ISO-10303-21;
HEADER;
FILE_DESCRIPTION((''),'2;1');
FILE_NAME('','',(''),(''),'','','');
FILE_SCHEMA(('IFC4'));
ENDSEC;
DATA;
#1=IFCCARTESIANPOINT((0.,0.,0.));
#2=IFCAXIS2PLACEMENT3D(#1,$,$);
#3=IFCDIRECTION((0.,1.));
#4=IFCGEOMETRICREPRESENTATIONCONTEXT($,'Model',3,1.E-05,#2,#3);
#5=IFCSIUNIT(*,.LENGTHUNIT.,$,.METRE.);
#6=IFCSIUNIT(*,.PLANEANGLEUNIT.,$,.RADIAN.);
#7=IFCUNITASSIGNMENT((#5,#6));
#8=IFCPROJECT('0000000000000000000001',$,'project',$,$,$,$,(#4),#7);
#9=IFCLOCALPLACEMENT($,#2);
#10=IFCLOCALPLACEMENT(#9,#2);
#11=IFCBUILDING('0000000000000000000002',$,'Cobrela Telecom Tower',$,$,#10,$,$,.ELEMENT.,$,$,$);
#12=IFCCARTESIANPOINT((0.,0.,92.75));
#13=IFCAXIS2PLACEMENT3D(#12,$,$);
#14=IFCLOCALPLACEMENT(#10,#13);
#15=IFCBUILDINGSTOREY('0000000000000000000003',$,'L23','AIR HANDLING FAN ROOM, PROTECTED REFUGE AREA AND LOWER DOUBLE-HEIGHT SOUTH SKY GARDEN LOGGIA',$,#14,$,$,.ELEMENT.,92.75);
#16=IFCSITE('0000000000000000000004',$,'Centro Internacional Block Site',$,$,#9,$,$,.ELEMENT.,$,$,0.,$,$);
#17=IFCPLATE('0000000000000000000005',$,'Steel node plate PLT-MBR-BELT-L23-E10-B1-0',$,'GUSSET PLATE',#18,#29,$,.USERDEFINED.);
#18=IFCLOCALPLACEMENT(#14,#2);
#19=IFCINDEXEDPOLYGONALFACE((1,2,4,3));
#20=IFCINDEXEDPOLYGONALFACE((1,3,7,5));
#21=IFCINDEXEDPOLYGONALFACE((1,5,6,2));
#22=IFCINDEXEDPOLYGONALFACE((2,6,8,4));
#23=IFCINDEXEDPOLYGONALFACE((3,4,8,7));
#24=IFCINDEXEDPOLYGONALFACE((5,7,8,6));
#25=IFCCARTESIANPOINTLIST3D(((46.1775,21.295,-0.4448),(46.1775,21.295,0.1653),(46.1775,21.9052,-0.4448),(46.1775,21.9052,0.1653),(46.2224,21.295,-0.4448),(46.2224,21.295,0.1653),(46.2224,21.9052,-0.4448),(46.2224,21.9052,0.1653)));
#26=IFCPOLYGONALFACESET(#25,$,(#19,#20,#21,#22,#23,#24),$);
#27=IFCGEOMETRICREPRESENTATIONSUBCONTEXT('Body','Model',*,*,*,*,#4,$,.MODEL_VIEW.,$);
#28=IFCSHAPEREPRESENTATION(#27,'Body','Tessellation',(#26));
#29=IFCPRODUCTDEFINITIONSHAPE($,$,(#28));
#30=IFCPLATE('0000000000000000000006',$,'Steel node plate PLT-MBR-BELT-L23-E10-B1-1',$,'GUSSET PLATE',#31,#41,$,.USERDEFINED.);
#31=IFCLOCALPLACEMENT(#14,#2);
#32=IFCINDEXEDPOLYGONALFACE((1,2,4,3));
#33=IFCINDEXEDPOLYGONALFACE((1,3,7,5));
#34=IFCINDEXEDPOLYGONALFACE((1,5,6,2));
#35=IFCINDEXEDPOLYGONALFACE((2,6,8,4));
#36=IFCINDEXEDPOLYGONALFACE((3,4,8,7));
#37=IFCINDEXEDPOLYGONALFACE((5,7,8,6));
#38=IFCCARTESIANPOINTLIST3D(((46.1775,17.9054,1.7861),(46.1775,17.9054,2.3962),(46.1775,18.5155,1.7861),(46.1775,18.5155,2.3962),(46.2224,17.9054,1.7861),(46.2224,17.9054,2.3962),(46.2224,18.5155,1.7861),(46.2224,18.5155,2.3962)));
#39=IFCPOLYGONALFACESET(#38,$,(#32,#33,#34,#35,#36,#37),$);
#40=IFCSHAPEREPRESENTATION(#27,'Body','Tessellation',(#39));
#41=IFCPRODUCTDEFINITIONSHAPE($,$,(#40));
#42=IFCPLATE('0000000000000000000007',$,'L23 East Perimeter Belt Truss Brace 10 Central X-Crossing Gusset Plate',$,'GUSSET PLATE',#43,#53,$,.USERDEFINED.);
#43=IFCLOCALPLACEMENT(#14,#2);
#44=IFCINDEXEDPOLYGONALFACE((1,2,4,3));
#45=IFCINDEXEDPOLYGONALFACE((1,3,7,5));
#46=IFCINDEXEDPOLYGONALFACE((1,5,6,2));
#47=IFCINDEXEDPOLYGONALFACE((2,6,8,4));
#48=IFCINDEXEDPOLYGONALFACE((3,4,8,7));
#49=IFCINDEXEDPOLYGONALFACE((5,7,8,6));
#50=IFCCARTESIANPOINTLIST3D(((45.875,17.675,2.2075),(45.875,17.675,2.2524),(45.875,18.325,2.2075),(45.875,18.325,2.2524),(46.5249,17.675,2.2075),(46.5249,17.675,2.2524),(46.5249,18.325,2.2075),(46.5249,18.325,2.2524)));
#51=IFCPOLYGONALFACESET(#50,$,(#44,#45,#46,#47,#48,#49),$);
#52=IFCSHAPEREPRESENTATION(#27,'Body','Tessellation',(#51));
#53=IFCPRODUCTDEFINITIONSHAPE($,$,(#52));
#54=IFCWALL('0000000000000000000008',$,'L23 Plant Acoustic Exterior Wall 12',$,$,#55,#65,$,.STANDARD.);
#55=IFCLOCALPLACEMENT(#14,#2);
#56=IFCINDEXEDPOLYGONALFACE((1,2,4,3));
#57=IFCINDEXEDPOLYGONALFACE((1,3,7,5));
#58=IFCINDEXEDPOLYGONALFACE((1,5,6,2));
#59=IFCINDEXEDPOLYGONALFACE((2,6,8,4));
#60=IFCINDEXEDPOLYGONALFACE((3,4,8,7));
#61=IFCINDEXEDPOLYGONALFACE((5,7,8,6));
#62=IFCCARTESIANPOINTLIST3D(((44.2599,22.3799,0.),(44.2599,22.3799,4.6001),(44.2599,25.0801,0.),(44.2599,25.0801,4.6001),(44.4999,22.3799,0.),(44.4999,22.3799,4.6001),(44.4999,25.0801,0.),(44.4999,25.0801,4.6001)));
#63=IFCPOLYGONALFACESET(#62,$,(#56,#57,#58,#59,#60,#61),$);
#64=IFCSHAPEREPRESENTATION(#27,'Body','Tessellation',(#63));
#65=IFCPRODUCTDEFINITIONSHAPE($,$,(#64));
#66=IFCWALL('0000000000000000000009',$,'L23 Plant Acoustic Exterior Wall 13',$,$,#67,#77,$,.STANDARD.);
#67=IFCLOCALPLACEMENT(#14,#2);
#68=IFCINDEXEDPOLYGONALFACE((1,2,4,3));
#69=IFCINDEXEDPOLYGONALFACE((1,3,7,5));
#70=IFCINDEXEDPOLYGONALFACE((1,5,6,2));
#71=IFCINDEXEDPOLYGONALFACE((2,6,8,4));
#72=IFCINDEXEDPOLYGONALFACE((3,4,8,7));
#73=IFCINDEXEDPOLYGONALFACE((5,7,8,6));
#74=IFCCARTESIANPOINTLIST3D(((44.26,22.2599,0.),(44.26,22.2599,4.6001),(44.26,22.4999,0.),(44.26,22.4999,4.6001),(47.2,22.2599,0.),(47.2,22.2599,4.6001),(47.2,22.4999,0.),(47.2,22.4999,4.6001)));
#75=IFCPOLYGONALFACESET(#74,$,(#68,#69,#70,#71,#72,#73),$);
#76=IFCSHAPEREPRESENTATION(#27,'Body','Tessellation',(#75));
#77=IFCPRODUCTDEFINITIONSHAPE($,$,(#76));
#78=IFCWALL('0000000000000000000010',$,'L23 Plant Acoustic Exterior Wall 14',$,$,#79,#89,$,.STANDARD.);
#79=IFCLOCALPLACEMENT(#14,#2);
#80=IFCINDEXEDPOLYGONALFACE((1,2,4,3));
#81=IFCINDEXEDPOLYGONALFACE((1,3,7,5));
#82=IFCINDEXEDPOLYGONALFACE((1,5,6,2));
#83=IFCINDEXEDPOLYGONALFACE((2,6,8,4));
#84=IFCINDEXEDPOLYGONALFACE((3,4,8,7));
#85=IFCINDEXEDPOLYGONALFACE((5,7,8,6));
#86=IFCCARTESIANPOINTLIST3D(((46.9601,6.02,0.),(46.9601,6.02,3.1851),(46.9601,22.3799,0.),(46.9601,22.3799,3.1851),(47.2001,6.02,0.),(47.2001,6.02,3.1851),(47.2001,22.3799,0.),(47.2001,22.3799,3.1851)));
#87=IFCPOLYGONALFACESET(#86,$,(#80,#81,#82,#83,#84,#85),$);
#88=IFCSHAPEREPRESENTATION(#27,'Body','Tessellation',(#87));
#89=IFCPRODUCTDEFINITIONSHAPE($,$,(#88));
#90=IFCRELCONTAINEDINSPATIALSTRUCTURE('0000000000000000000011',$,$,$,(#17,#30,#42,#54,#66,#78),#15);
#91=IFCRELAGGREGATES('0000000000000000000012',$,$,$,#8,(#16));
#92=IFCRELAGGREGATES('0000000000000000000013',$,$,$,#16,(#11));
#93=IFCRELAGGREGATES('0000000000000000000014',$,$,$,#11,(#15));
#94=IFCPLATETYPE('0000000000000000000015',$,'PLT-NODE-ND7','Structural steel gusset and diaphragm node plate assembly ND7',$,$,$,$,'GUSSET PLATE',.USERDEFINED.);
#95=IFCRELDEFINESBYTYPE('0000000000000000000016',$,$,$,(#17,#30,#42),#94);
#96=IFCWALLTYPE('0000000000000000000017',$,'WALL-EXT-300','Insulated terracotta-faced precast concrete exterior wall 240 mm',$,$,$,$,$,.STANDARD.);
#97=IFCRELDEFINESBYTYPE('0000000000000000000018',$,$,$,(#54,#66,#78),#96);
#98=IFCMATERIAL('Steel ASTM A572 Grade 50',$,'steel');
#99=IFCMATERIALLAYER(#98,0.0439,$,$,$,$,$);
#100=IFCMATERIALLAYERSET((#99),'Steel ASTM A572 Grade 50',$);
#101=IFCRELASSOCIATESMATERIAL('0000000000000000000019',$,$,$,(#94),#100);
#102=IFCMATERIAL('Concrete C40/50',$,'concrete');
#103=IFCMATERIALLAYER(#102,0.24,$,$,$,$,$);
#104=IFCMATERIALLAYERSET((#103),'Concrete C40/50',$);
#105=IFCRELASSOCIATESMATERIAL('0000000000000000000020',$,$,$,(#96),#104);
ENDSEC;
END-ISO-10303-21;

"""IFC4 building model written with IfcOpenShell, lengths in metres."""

from ifc_helpers import new_model, si_unit, direction, frame, frame_2d, origin, origin_2d, place, context, subcontext, project, spatial, rectangle, extrude, material, layer, layer_set, type_object, element, save


model = new_model("IFC4")

# Units and contexts
model_context = context("Model", 3, precision=1e-05, world=origin(), true_north=direction((0.0, 1.0)))
body_context = subcontext(model_context, "Body", "Model", "MODEL_VIEW")
ifc_project = project(units=[si_unit("LENGTHUNIT", "METRE"), si_unit("PLANEANGLEUNIT", "RADIAN")], contexts=[model_context])

# Site, building, storey
site_placement = place(None, origin())
site = spatial("IfcSite", under=ifc_project, at=site_placement, Name="Centro Internacional Block Site", CompositionType="ELEMENT", RefElevation=0.0)
building_placement = place(site_placement, origin())
building = spatial("IfcBuilding", under=site, at=building_placement, Name="Cobrela Telecom Tower", CompositionType="ELEMENT")
storey_placement = place(building_placement, frame((0.0, 0.0, 92.75)))
storey = spatial("IfcBuildingStorey", under=building, at=storey_placement, Name="L23", Description="AIR HANDLING FAN ROOM, PROTECTED REFUGE AREA AND LOWER DOUBLE-HEIGHT SOUTH SKY GARDEN LOGGIA", CompositionType="ELEMENT", Elevation=92.75)

# Shared definitions
ifc_material_1 = material(Name="Steel ASTM A572 Grade 50", Category="steel")

# Plates
ifc_layer_1 = layer(ifc_material_1, 0.0439)
ifc_layer_set_1 = layer_set([ifc_layer_1], Name="Steel ASTM A572 Grade 50")
plate_type_1 = type_object("IfcPlateType", Name="PLT-NODE-ND7", Description="Structural steel gusset and diaphragm node plate assembly ND7", ElementType="GUSSET PLATE", PredefinedType="USERDEFINED", material=ifc_layer_set_1)
for number, where, z_axis, x_axis, name in (
    (1, (46.2, 21.6001, -0.4448), (0.0, 0.0, 1.0), (0.0, -1.0, 0.0), "Steel node plate PLT-MBR-BELT-L23-E10-B1-0"),
    (2, (46.2, 18.2104, 1.7861), (0.0, 0.0, 1.0), (0.0, -1.0, 0.0), "Steel node plate PLT-MBR-BELT-L23-E10-B1-1"),
):
    element("IfcPlate", number, at=place(storey_placement, frame(where, z_axis=z_axis, x_axis=x_axis)), inside=storey, type_object=plate_type_1, Name=name, ObjectType="GUSSET PLATE", PredefinedType="USERDEFINED", context=body_context, shape_type="SweptSolid", body=[
        extrude(rectangle(XDim=0.6101, YDim=0.0449, at=origin_2d()), origin(), (0.0, 0.0, 1.0), 0.6101),
    ])
plate_1_placement = place(storey_placement, frame((46.2, 18.0, 2.2075), z_axis=(0.0, 0.0, 1.0), x_axis=(1.0, 0.0, 0.0)))
element("IfcPlate", 3, at=plate_1_placement, inside=storey, type_object=plate_type_1, Name="L23 East Perimeter Belt Truss Brace 10 Central X-Crossing Gusset Plate", ObjectType="GUSSET PLATE", PredefinedType="USERDEFINED", context=body_context, shape_type="SweptSolid", body=[
    extrude(rectangle(XDim=0.6499, YDim=0.6499, at=origin_2d()), origin(), (0.0, 0.0, 1.0), 0.0449),
])

# Walls
ifc_material_2 = material(Name="Concrete C40/50", Category="concrete")
ifc_layer_2 = layer(ifc_material_2, 0.24)
ifc_layer_set_2 = layer_set([ifc_layer_2], Name="Concrete C40/50")
wall_type = type_object("IfcWallType", Name="WALL-EXT-300", Description="Insulated terracotta-faced precast concrete exterior wall 240 mm", PredefinedType="STANDARD", material=ifc_layer_set_2)
wall_1_placement = place(storey_placement, frame((44.3799, 25.0801, 0.0), z_axis=(0.0, 0.0, 1.0), x_axis=(0.0, -1.0, 0.0)))
element("IfcWall", 4, at=wall_1_placement, inside=storey, type_object=wall_type, Name="L23 Plant Acoustic Exterior Wall 12", PredefinedType="STANDARD", context=body_context, shape_type="SweptSolid", body=[
    extrude(rectangle(XDim=2.7002, YDim=0.24, at=frame_2d((1.3501, 0.0))), origin(), (0.0, 0.0, 1.0), 4.6001),
])
wall_2_placement = place(storey_placement, frame((44.26, 22.3799, 0.0), z_axis=(0.0, 0.0, 1.0), x_axis=(1.0, 0.0, 0.0)))
element("IfcWall", 5, at=wall_2_placement, inside=storey, type_object=wall_type, Name="L23 Plant Acoustic Exterior Wall 13", PredefinedType="STANDARD", context=body_context, shape_type="SweptSolid", body=[
    extrude(rectangle(XDim=2.9399, YDim=0.24, at=frame_2d((1.47, 0.0))), origin(), (0.0, 0.0, 1.0), 4.6001),
])
wall_3_placement = place(storey_placement, frame((47.0801, 22.3799, 0.0), z_axis=(0.0, 0.0, 1.0), x_axis=(0.0, -1.0, 0.0)))
element("IfcWall", 6, at=wall_3_placement, inside=storey, type_object=wall_type, Name="L23 Plant Acoustic Exterior Wall 14", PredefinedType="STANDARD", context=body_context, shape_type="SweptSolid", body=[
    extrude(rectangle(XDim=16.3599, YDim=0.24, at=frame_2d((8.1799, 0.0))), origin(), (0.0, 0.0, 1.0), 3.1851),
])

save(model, "model.ifc")
